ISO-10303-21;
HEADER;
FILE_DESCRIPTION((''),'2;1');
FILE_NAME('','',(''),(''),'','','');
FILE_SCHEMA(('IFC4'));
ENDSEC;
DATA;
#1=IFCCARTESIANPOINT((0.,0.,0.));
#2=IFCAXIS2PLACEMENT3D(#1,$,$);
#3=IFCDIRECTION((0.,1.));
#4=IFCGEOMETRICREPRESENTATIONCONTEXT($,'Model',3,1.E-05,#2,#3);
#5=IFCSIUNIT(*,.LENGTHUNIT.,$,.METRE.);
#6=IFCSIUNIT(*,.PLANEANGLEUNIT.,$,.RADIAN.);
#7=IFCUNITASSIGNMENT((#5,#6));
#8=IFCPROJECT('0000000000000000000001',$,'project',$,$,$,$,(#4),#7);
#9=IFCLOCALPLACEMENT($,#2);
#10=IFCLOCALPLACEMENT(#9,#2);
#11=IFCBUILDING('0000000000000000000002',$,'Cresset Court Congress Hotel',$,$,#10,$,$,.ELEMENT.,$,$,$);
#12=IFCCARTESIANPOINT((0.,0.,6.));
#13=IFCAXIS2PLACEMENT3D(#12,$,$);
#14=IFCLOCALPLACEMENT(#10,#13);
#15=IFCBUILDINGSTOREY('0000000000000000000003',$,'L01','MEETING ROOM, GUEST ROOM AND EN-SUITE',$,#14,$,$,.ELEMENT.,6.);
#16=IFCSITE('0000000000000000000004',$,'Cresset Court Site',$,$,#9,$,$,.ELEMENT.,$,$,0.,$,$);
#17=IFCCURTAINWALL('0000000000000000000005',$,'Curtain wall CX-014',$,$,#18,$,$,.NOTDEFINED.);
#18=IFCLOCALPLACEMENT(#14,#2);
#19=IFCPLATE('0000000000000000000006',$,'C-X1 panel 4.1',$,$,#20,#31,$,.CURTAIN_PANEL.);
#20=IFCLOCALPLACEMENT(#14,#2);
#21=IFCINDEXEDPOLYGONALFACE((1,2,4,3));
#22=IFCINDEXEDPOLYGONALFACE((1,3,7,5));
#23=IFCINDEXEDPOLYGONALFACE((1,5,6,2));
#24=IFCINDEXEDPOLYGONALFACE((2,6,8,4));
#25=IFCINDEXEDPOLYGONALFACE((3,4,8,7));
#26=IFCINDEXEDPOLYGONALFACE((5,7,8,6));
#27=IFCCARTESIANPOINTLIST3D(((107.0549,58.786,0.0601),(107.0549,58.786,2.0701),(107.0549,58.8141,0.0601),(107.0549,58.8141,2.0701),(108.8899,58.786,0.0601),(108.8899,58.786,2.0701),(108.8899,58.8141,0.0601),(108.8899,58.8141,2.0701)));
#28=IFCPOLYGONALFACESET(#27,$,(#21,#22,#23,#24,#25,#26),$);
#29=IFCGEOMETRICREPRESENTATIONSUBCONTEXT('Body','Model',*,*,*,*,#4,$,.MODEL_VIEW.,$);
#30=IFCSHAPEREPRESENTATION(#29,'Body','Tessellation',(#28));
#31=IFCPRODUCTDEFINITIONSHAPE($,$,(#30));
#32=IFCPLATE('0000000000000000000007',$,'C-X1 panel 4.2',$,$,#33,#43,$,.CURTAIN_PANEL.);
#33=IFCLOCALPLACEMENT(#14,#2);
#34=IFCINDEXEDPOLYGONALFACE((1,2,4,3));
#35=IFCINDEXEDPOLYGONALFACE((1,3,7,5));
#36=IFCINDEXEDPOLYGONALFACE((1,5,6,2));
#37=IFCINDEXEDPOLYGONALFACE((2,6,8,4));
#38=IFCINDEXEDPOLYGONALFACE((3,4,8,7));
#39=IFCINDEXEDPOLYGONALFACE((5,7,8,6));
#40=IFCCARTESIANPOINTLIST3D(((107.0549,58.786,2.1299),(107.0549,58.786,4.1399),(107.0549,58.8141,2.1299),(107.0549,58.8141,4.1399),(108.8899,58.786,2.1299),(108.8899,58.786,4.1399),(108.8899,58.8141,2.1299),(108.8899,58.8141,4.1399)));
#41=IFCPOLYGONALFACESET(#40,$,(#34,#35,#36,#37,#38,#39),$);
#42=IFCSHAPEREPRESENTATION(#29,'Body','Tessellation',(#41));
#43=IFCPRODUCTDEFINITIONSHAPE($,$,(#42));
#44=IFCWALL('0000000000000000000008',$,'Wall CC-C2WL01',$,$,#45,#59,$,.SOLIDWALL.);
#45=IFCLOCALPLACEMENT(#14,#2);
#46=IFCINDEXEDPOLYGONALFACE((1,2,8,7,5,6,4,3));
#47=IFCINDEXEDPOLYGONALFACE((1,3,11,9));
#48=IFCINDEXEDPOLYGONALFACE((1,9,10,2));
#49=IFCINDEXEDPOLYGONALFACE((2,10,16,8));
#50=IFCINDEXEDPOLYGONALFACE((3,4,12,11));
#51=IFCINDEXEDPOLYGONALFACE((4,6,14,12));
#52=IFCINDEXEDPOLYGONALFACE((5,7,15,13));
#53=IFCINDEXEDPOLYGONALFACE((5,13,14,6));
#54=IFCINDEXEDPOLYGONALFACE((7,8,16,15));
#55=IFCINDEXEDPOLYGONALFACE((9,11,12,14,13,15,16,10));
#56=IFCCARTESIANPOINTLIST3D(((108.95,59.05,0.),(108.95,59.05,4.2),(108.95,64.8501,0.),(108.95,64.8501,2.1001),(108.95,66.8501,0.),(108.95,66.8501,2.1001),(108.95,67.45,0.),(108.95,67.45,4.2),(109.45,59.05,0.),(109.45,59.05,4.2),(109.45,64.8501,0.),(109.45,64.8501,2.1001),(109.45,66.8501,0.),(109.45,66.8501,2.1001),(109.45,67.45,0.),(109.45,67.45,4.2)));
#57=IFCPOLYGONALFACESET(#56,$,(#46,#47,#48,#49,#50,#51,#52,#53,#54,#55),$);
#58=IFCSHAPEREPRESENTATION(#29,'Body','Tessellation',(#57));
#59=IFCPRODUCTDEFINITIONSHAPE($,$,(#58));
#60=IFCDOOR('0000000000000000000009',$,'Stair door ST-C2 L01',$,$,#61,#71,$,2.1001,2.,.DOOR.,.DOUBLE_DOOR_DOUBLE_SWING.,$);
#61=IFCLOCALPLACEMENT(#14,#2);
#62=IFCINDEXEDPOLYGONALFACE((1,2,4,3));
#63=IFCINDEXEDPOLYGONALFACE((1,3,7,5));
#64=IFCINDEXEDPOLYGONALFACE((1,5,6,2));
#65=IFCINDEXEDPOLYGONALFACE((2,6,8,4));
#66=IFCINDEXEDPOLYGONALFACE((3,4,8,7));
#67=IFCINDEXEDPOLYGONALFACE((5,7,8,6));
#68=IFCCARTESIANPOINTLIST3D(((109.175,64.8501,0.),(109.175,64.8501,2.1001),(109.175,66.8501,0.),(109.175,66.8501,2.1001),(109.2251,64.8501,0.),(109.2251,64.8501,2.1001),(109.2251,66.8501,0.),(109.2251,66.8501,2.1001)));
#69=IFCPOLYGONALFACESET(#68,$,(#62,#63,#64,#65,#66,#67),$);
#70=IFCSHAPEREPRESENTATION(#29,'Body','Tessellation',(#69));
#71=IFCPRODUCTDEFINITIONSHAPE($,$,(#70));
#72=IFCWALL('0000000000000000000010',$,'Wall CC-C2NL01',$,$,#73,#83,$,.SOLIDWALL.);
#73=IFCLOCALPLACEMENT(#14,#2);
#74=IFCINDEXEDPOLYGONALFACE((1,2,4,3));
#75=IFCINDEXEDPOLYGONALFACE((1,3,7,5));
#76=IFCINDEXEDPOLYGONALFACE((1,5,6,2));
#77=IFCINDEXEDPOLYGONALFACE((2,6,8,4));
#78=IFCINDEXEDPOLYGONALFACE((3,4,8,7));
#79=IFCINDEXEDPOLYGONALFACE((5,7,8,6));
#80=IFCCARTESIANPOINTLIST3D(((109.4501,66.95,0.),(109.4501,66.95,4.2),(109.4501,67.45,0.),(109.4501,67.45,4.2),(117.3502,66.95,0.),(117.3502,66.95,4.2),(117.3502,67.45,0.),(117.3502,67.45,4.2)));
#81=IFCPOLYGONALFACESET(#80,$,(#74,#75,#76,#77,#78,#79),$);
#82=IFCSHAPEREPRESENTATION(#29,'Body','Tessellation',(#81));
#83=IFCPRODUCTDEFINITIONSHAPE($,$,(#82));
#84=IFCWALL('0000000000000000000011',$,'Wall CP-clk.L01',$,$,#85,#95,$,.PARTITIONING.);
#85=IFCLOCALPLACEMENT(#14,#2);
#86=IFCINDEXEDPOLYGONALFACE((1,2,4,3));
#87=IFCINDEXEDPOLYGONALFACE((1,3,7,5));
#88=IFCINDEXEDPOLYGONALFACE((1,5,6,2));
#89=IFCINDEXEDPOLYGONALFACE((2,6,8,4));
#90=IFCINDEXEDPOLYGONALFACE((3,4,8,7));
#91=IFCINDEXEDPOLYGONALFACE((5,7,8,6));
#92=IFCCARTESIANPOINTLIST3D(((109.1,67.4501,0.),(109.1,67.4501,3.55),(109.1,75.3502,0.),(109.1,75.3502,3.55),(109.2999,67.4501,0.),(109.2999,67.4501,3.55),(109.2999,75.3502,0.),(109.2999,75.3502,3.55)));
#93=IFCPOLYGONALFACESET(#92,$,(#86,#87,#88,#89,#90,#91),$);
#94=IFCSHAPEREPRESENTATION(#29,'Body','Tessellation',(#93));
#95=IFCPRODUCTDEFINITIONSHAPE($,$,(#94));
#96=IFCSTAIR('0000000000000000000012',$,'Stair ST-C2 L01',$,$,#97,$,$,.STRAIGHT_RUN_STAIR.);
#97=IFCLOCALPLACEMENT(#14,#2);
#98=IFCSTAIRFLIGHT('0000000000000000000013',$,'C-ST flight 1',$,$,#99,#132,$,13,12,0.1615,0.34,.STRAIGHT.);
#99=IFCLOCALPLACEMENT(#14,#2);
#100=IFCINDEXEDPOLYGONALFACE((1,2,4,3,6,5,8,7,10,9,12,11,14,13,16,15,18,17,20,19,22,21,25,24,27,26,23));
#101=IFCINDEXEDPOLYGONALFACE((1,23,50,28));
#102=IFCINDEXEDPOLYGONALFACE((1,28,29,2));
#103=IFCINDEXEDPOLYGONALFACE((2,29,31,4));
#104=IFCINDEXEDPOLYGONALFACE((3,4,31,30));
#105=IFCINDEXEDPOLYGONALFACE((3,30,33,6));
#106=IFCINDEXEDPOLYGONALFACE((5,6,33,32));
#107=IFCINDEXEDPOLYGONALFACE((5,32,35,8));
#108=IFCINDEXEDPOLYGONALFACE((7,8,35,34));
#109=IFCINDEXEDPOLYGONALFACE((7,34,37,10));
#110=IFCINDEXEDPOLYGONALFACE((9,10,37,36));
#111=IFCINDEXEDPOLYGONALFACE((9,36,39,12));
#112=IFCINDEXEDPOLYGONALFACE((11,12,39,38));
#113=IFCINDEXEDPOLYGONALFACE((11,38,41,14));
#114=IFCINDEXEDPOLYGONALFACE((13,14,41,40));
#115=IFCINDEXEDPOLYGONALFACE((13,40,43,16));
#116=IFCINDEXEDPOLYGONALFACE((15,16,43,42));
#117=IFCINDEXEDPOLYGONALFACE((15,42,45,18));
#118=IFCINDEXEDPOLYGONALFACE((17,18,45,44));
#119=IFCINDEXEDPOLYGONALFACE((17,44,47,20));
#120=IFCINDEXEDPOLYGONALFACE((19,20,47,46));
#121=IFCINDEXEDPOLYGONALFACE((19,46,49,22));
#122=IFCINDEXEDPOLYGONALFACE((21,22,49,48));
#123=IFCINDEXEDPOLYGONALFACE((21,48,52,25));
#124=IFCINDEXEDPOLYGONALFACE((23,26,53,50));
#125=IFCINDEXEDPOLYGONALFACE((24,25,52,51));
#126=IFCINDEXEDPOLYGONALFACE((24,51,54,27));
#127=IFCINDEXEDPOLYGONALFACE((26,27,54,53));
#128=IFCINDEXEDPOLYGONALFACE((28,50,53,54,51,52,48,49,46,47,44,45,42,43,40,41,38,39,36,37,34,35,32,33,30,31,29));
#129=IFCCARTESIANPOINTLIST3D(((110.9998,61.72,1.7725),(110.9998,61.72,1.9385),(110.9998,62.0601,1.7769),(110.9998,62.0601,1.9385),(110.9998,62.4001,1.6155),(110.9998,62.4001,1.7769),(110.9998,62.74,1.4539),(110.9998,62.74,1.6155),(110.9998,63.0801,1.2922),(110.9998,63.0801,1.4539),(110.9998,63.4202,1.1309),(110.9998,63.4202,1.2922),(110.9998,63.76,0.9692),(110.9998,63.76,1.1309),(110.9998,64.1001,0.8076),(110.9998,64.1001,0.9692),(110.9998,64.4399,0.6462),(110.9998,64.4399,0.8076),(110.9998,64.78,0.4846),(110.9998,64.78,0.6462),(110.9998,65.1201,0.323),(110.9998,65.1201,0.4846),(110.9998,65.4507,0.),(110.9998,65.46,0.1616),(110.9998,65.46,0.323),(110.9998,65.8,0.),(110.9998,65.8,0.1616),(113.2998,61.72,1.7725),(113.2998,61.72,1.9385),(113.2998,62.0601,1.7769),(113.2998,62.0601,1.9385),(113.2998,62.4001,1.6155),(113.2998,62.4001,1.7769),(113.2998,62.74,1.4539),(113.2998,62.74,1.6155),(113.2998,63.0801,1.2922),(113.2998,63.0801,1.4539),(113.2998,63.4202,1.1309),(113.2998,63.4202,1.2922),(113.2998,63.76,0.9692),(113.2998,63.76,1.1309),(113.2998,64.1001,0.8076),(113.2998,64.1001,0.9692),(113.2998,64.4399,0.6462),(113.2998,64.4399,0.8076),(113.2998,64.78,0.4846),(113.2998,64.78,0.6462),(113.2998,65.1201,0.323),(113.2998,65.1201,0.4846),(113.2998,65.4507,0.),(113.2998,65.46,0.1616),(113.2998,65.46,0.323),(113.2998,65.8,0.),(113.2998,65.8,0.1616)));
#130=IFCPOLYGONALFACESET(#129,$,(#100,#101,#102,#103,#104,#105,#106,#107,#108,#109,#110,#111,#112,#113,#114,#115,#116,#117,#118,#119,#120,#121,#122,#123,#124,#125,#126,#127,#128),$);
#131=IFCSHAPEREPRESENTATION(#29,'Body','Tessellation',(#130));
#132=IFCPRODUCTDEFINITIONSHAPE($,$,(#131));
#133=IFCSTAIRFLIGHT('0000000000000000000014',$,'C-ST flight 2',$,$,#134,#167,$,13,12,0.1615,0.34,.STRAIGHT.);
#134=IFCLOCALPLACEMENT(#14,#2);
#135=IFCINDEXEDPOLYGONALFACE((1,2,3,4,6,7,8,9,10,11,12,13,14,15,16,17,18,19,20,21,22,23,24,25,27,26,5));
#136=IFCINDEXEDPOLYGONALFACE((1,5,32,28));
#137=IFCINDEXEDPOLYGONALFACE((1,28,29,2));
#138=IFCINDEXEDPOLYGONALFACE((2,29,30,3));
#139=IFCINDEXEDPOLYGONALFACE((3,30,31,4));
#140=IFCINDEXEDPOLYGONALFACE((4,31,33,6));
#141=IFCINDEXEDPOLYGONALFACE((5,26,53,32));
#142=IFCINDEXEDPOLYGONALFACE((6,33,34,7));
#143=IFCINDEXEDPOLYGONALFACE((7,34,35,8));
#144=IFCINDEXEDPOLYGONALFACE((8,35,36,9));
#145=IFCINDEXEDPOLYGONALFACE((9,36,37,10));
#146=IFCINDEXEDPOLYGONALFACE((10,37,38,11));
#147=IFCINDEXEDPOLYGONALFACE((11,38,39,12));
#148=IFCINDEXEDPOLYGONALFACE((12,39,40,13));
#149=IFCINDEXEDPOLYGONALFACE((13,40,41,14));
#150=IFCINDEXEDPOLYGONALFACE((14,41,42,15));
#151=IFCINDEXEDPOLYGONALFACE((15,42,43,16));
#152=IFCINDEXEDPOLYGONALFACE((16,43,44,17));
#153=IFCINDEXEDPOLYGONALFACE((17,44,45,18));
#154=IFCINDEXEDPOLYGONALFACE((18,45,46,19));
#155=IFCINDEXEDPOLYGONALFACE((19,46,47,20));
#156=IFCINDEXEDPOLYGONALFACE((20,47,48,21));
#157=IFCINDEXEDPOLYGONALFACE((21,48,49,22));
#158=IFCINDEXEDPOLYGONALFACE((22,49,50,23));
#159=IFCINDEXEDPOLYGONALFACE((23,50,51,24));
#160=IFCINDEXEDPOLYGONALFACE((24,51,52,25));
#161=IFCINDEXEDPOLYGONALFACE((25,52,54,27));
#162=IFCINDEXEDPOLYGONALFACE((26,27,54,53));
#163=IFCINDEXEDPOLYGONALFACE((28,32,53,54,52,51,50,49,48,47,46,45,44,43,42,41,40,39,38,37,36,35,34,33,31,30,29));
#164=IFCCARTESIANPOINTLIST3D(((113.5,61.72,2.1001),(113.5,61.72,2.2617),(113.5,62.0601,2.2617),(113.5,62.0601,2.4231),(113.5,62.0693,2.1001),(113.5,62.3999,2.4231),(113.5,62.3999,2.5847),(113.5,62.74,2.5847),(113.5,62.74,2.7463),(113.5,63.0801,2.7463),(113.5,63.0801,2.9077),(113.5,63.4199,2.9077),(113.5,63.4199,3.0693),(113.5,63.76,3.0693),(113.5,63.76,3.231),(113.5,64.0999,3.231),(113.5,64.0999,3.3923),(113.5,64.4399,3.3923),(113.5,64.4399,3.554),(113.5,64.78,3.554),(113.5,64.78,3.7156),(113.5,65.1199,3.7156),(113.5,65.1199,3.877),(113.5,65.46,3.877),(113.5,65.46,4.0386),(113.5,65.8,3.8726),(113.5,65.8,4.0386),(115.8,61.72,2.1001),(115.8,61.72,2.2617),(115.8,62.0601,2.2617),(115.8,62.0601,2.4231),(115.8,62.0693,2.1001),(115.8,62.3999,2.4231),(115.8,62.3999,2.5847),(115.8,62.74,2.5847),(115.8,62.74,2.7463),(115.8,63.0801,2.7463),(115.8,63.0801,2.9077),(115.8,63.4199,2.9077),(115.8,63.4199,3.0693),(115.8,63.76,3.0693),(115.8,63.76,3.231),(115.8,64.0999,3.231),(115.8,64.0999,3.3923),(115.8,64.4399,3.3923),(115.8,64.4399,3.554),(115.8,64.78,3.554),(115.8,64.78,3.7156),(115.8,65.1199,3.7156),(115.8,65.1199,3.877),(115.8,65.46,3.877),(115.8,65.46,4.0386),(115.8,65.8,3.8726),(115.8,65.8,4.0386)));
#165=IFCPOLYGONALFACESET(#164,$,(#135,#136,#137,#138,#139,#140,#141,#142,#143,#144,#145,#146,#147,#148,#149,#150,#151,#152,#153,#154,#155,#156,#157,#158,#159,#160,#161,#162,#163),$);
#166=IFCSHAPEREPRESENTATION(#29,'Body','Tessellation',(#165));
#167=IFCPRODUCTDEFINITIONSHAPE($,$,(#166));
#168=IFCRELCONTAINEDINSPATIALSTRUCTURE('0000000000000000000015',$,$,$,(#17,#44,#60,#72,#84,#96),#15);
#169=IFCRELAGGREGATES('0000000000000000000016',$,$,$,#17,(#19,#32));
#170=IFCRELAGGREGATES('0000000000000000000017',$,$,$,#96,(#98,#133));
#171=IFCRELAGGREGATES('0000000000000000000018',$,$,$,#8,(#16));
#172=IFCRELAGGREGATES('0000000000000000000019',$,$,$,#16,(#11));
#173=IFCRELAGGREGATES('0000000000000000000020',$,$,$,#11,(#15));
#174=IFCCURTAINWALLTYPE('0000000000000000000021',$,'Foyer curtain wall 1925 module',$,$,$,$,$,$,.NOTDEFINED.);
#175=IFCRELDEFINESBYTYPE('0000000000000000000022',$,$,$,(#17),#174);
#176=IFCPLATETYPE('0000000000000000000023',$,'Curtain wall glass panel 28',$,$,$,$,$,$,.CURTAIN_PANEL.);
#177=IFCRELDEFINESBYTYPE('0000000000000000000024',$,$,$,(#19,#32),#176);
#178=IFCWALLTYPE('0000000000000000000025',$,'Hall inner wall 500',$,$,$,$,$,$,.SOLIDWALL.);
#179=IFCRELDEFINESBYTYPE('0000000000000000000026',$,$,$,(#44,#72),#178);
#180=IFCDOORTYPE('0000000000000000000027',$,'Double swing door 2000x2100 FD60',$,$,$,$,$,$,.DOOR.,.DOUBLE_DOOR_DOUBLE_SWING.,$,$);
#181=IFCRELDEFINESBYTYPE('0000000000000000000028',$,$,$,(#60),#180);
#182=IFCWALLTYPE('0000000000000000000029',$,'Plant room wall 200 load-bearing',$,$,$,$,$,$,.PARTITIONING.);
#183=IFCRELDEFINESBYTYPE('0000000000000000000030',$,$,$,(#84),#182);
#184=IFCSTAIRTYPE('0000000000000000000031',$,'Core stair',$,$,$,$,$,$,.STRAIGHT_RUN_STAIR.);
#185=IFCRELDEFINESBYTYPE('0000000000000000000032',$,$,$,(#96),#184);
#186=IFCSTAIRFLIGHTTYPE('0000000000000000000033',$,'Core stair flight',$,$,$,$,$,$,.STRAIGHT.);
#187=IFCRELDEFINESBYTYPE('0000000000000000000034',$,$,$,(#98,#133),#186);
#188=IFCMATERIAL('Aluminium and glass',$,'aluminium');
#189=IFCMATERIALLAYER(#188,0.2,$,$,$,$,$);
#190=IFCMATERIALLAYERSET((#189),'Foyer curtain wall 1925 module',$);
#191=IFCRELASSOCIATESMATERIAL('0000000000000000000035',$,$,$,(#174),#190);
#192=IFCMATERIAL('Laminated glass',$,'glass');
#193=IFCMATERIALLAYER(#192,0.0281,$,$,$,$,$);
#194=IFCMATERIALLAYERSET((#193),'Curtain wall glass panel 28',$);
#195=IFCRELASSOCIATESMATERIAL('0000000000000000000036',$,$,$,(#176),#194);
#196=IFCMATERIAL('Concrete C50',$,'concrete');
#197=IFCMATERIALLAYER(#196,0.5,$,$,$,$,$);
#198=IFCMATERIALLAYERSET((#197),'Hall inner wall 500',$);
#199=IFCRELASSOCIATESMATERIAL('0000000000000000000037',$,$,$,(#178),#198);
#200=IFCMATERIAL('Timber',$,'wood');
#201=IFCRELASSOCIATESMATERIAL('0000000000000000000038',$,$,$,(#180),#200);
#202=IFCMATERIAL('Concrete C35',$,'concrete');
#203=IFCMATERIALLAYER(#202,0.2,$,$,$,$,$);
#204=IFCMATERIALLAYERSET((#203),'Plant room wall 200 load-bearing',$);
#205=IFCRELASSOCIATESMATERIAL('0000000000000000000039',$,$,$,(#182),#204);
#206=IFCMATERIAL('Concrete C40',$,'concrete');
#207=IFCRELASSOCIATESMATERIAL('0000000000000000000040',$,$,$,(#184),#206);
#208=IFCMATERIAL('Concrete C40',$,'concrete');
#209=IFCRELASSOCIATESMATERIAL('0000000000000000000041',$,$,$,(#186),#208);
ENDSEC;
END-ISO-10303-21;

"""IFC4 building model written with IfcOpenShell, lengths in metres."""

from ifc_helpers import new_model, si_unit, direction, frame, frame_2d, origin, origin_2d, place, context, subcontext, project, spatial, polyline, rectangle, outline, extrude, material, layer, layer_set, type_object, element, fill, aggregate, save


model = new_model("IFC4")

# Units and contexts
model_context = context("Model", 3, precision=1e-05, world=origin(), true_north=direction((0.0, 1.0)))
body_context = subcontext(model_context, "Body", "Model", "MODEL_VIEW")
ifc_project = project(units=[si_unit("LENGTHUNIT", "METRE"), si_unit("PLANEANGLEUNIT", "RADIAN")], contexts=[model_context])

# Site, building, storey
site_placement = place(None, origin())
site = spatial("IfcSite", under=ifc_project, at=site_placement, Name="Cresset Court Site", CompositionType="ELEMENT", RefElevation=0.0)
building_placement = place(site_placement, origin())
building = spatial("IfcBuilding", under=site, at=building_placement, Name="Cresset Court Congress Hotel", CompositionType="ELEMENT")
storey_placement = place(building_placement, frame((0.0, 0.0, 6.0)))
storey = spatial("IfcBuildingStorey", under=building, at=storey_placement, Name="L01", Description="MEETING ROOM, GUEST ROOM AND EN-SUITE", CompositionType="ELEMENT", Elevation=6.0)

# Curtain wall
ifc_material_1 = material(Name="Aluminium and glass", Category="aluminium")
ifc_layer_1 = layer(ifc_material_1, 0.2)
ifc_layer_set_1 = layer_set([ifc_layer_1], Name="Foyer curtain wall 1925 module")
curtain_wall_type = type_object("IfcCurtainWallType", Name="Foyer curtain wall 1925 module", PredefinedType="NOTDEFINED", material=ifc_layer_set_1)
curtain_wall_placement = place(storey_placement, origin())
curtain_wall = element("IfcCurtainWall", 1, at=curtain_wall_placement, inside=storey, type_object=curtain_wall_type, Name="Curtain wall CX-014", PredefinedType="NOTDEFINED")

# Plates
ifc_material_2 = material(Name="Laminated glass", Category="glass")
ifc_layer_2 = layer(ifc_material_2, 0.0281)
ifc_layer_set_2 = layer_set([ifc_layer_2], Name="Curtain wall glass panel 28")
plate_type = type_object("IfcPlateType", Name="Curtain wall glass panel 28", PredefinedType="CURTAIN_PANEL", material=ifc_layer_set_2)
plate_1_placement = place(storey_placement, frame((107.9724, 58.8, 0.0601), z_axis=(0.0, 0.0, 1.0), x_axis=(1.0, 0.0, 0.0)))
plate_1 = element("IfcPlate", 2, at=plate_1_placement, type_object=plate_type, Name="C-X1 panel 4.1", PredefinedType="CURTAIN_PANEL", context=body_context, shape_type="SweptSolid", body=[
    extrude(rectangle(XDim=1.835, YDim=0.0281, at=origin_2d()), origin(), (0.0, 0.0, 1.0), 2.01),
])
plate_2_placement = place(storey_placement, frame((107.9724, 58.8, 2.1299), z_axis=(0.0, 0.0, 1.0), x_axis=(1.0, 0.0, 0.0)))
plate_2 = element("IfcPlate", 3, at=plate_2_placement, type_object=plate_type, Name="C-X1 panel 4.2", PredefinedType="CURTAIN_PANEL", context=body_context, shape_type="SweptSolid", body=[
    extrude(rectangle(XDim=1.835, YDim=0.0281, at=origin_2d()), origin(), (0.0, 0.0, 1.0), 2.01),
])
aggregate(curtain_wall, [plate_1, plate_2])

# Wall, opening, door
ifc_material_3 = material(Name="Concrete C50", Category="concrete")
ifc_layer_3 = layer(ifc_material_3, 0.5)
ifc_layer_set_3 = layer_set([ifc_layer_3], Name="Hall inner wall 500")
wall_type_1 = type_object("IfcWallType", Name="Hall inner wall 500", PredefinedType="SOLIDWALL", material=ifc_layer_set_3)
wall_1_placement = place(storey_placement, frame((109.2, 59.05, 0.0), z_axis=(0.0, 0.0, 1.0), x_axis=(0.0, 1.0, 0.0)))
wall_1 = element("IfcWall", 4, at=wall_1_placement, inside=storey, type_object=wall_type_1, Name="Wall CC-C2WL01", PredefinedType="SOLIDWALL", context=body_context, shape_type="SweptSolid", body=[
    extrude(rectangle(XDim=8.3999, YDim=0.5, at=frame_2d((4.2, 0.0))), origin(), (0.0, 0.0, 1.0), 4.2),
])
opening_placement = place(wall_1_placement, frame((5.8, 0.0, 0.0)))
opening = element("IfcOpeningElement", 5, at=opening_placement, cuts=wall_1, PredefinedType="OPENING", context=body_context, shape_type="SweptSolid", body=[
    extrude(rectangle(XDim=2.0, YDim=2.1001, at=frame_2d((1.0, 1.05))), frame((0.0, 0.26, 0.0), z_axis=(0.0, -1.0, 0.0), x_axis=(1.0, 0.0, 0.0)), (0.0, 0.0, 1.0), 0.52),
])
ifc_material_4 = material(Name="Timber", Category="wood")
door_type = type_object("IfcDoorType", Name="Double swing door 2000x2100 FD60", OperationType="DOUBLE_DOOR_DOUBLE_SWING", PredefinedType="DOOR", material=ifc_material_4)
door_placement = place(opening_placement, origin())
door = element("IfcDoor", 6, at=door_placement, inside=storey, type_object=door_type, Name="Stair door ST-C2 L01", OperationType="DOUBLE_DOOR_DOUBLE_SWING", OverallHeight=2.1001, OverallWidth=2.0, PredefinedType="DOOR", context=body_context, shape_type="SweptSolid", body=[
    extrude(rectangle(XDim=2.0, YDim=2.1001, at=frame_2d((1.0, 1.05))), frame((0.0, 0.0249, 0.0), z_axis=(0.0, -1.0, 0.0), x_axis=(1.0, 0.0, 0.0)), (0.0, 0.0, 1.0), 0.05),
])
fill(opening, door)

# Walls
wall_2_placement = place(storey_placement, frame((109.45, 67.2, 0.0), z_axis=(0.0, 0.0, 1.0), x_axis=(1.0, 0.0, 0.0)))
element("IfcWall", 7, at=wall_2_placement, inside=storey, type_object=wall_type_1, Name="Wall CC-C2NL01", PredefinedType="SOLIDWALL", context=body_context, shape_type="SweptSolid", body=[
    extrude(rectangle(XDim=7.9001, YDim=0.5, at=frame_2d((3.9502, 0.0))), origin(), (0.0, 0.0, 1.0), 4.2),
])
ifc_material_5 = material(Name="Concrete C35", Category="concrete")
ifc_layer_4 = layer(ifc_material_5, 0.2)
ifc_layer_set_4 = layer_set([ifc_layer_4], Name="Plant room wall 200 load-bearing")
wall_type_2 = type_object("IfcWallType", Name="Plant room wall 200 load-bearing", PredefinedType="PARTITIONING", material=ifc_layer_set_4)
wall_3_placement = place(storey_placement, frame((109.2, 67.45, 0.0), z_axis=(0.0, 0.0, 1.0), x_axis=(0.0, 1.0, 0.0)))
element("IfcWall", 8, at=wall_3_placement, inside=storey, type_object=wall_type_2, Name="Wall CP-clk.L01", PredefinedType="PARTITIONING", context=body_context, shape_type="SweptSolid", body=[
    extrude(rectangle(XDim=7.9001, YDim=0.2, at=frame_2d((3.9502, 0.0))), origin(), (0.0, 0.0, 1.0), 3.55),
])

# Stair, stair flights
ifc_material_6 = material(Name="Concrete C40", Category="concrete")
stair_type = type_object("IfcStairType", Name="Core stair", PredefinedType="STRAIGHT_RUN_STAIR", material=ifc_material_6)
stair_placement = place(storey_placement, origin())
stair = element("IfcStair", 9, at=stair_placement, inside=storey, type_object=stair_type, Name="Stair ST-C2 L01", PredefinedType="STRAIGHT_RUN_STAIR")
ifc_material_7 = material(Name="Concrete C40", Category="concrete")
stair_flight_type = type_object("IfcStairFlightType", Name="Core stair flight", PredefinedType="STRAIGHT", material=ifc_material_7)
stair_flight_1_placement = place(storey_placement, frame((112.1499, 65.8, 0.0), z_axis=(0.0, 0.0, 1.0), x_axis=(0.0, -1.0, 0.0)))
stair_flight_1 = element("IfcStairFlight", 10, at=stair_flight_1_placement, type_object=stair_flight_type, Name="C-ST flight 1", NumberOfRisers=13, NumberOfTreads=12, PredefinedType="STRAIGHT", RiserHeight=0.1615, TreadLength=0.34, context=body_context, shape_type="SweptSolid", body=[
    extrude(outline(polyline([(0.0, 0.0), (0.0, 0.1616), (0.3401, 0.1616), (0.3401, 0.323), (0.6799, 0.323), (0.6799, 0.4846), (1.02, 0.4846), (1.02, 0.6462), (1.3601, 0.6462), (1.3601, 0.8076), (1.7, 0.8076), (1.7, 0.9692), (2.04, 0.9692), (2.04, 1.1309), (2.3799, 1.1309), (2.3799, 1.2922), (2.72, 1.2922), (2.72, 1.4539), (3.0601, 1.4539), (3.0601, 1.6155), (3.3999, 1.6155), (3.3999, 1.7769), (3.74, 1.7769), (3.74, 1.9385), (4.0801, 1.9385), (4.0801, 2.1001), (4.0801, 1.7725), (0.3494, 0.0), (0.0, 0.0)])), frame((0.0, 1.1499, 0.0), z_axis=(0.0, -1.0, 0.0), x_axis=(1.0, 0.0, 0.0)), (0.0, 0.0, 1.0), 2.3),
])
stair_flight_2_placement = place(storey_placement, frame((114.6499, 61.72, 2.1001), z_axis=(0.0, 0.0, 1.0), x_axis=(0.0, 1.0, 0.0)))
stair_flight_2 = element("IfcStairFlight", 11, at=stair_flight_2_placement, type_object=stair_flight_type, Name="C-ST flight 2", NumberOfRisers=13, NumberOfTreads=12, PredefinedType="STRAIGHT", RiserHeight=0.1615, TreadLength=0.34, context=body_context, shape_type="SweptSolid", body=[
    extrude(outline(polyline([(0.0, 0.0), (0.0, 0.1616), (0.3401, 0.1616), (0.3401, 0.323), (0.6799, 0.323), (0.6799, 0.4846), (1.02, 0.4846), (1.02, 0.6462), (1.3601, 0.6462), (1.3601, 0.8076), (1.7, 0.8076), (1.7, 0.9692), (2.04, 0.9692), (2.04, 1.1309), (2.3799, 1.1309), (2.3799, 1.2922), (2.72, 1.2922), (2.72, 1.4539), (3.0601, 1.4539), (3.0601, 1.6155), (3.3999, 1.6155), (3.3999, 1.7769), (3.74, 1.7769), (3.74, 1.9385), (4.0801, 1.9385), (4.0801, 2.1001), (4.0801, 1.7725), (0.3494, 0.0), (0.0, 0.0)])), frame((0.0, 1.1499, 0.0), z_axis=(0.0, -1.0, 0.0), x_axis=(1.0, 0.0, 0.0)), (0.0, 0.0, 1.0), 2.3),
])
aggregate(stair, [stair_flight_1, stair_flight_2])

save(model, "model.ifc")
